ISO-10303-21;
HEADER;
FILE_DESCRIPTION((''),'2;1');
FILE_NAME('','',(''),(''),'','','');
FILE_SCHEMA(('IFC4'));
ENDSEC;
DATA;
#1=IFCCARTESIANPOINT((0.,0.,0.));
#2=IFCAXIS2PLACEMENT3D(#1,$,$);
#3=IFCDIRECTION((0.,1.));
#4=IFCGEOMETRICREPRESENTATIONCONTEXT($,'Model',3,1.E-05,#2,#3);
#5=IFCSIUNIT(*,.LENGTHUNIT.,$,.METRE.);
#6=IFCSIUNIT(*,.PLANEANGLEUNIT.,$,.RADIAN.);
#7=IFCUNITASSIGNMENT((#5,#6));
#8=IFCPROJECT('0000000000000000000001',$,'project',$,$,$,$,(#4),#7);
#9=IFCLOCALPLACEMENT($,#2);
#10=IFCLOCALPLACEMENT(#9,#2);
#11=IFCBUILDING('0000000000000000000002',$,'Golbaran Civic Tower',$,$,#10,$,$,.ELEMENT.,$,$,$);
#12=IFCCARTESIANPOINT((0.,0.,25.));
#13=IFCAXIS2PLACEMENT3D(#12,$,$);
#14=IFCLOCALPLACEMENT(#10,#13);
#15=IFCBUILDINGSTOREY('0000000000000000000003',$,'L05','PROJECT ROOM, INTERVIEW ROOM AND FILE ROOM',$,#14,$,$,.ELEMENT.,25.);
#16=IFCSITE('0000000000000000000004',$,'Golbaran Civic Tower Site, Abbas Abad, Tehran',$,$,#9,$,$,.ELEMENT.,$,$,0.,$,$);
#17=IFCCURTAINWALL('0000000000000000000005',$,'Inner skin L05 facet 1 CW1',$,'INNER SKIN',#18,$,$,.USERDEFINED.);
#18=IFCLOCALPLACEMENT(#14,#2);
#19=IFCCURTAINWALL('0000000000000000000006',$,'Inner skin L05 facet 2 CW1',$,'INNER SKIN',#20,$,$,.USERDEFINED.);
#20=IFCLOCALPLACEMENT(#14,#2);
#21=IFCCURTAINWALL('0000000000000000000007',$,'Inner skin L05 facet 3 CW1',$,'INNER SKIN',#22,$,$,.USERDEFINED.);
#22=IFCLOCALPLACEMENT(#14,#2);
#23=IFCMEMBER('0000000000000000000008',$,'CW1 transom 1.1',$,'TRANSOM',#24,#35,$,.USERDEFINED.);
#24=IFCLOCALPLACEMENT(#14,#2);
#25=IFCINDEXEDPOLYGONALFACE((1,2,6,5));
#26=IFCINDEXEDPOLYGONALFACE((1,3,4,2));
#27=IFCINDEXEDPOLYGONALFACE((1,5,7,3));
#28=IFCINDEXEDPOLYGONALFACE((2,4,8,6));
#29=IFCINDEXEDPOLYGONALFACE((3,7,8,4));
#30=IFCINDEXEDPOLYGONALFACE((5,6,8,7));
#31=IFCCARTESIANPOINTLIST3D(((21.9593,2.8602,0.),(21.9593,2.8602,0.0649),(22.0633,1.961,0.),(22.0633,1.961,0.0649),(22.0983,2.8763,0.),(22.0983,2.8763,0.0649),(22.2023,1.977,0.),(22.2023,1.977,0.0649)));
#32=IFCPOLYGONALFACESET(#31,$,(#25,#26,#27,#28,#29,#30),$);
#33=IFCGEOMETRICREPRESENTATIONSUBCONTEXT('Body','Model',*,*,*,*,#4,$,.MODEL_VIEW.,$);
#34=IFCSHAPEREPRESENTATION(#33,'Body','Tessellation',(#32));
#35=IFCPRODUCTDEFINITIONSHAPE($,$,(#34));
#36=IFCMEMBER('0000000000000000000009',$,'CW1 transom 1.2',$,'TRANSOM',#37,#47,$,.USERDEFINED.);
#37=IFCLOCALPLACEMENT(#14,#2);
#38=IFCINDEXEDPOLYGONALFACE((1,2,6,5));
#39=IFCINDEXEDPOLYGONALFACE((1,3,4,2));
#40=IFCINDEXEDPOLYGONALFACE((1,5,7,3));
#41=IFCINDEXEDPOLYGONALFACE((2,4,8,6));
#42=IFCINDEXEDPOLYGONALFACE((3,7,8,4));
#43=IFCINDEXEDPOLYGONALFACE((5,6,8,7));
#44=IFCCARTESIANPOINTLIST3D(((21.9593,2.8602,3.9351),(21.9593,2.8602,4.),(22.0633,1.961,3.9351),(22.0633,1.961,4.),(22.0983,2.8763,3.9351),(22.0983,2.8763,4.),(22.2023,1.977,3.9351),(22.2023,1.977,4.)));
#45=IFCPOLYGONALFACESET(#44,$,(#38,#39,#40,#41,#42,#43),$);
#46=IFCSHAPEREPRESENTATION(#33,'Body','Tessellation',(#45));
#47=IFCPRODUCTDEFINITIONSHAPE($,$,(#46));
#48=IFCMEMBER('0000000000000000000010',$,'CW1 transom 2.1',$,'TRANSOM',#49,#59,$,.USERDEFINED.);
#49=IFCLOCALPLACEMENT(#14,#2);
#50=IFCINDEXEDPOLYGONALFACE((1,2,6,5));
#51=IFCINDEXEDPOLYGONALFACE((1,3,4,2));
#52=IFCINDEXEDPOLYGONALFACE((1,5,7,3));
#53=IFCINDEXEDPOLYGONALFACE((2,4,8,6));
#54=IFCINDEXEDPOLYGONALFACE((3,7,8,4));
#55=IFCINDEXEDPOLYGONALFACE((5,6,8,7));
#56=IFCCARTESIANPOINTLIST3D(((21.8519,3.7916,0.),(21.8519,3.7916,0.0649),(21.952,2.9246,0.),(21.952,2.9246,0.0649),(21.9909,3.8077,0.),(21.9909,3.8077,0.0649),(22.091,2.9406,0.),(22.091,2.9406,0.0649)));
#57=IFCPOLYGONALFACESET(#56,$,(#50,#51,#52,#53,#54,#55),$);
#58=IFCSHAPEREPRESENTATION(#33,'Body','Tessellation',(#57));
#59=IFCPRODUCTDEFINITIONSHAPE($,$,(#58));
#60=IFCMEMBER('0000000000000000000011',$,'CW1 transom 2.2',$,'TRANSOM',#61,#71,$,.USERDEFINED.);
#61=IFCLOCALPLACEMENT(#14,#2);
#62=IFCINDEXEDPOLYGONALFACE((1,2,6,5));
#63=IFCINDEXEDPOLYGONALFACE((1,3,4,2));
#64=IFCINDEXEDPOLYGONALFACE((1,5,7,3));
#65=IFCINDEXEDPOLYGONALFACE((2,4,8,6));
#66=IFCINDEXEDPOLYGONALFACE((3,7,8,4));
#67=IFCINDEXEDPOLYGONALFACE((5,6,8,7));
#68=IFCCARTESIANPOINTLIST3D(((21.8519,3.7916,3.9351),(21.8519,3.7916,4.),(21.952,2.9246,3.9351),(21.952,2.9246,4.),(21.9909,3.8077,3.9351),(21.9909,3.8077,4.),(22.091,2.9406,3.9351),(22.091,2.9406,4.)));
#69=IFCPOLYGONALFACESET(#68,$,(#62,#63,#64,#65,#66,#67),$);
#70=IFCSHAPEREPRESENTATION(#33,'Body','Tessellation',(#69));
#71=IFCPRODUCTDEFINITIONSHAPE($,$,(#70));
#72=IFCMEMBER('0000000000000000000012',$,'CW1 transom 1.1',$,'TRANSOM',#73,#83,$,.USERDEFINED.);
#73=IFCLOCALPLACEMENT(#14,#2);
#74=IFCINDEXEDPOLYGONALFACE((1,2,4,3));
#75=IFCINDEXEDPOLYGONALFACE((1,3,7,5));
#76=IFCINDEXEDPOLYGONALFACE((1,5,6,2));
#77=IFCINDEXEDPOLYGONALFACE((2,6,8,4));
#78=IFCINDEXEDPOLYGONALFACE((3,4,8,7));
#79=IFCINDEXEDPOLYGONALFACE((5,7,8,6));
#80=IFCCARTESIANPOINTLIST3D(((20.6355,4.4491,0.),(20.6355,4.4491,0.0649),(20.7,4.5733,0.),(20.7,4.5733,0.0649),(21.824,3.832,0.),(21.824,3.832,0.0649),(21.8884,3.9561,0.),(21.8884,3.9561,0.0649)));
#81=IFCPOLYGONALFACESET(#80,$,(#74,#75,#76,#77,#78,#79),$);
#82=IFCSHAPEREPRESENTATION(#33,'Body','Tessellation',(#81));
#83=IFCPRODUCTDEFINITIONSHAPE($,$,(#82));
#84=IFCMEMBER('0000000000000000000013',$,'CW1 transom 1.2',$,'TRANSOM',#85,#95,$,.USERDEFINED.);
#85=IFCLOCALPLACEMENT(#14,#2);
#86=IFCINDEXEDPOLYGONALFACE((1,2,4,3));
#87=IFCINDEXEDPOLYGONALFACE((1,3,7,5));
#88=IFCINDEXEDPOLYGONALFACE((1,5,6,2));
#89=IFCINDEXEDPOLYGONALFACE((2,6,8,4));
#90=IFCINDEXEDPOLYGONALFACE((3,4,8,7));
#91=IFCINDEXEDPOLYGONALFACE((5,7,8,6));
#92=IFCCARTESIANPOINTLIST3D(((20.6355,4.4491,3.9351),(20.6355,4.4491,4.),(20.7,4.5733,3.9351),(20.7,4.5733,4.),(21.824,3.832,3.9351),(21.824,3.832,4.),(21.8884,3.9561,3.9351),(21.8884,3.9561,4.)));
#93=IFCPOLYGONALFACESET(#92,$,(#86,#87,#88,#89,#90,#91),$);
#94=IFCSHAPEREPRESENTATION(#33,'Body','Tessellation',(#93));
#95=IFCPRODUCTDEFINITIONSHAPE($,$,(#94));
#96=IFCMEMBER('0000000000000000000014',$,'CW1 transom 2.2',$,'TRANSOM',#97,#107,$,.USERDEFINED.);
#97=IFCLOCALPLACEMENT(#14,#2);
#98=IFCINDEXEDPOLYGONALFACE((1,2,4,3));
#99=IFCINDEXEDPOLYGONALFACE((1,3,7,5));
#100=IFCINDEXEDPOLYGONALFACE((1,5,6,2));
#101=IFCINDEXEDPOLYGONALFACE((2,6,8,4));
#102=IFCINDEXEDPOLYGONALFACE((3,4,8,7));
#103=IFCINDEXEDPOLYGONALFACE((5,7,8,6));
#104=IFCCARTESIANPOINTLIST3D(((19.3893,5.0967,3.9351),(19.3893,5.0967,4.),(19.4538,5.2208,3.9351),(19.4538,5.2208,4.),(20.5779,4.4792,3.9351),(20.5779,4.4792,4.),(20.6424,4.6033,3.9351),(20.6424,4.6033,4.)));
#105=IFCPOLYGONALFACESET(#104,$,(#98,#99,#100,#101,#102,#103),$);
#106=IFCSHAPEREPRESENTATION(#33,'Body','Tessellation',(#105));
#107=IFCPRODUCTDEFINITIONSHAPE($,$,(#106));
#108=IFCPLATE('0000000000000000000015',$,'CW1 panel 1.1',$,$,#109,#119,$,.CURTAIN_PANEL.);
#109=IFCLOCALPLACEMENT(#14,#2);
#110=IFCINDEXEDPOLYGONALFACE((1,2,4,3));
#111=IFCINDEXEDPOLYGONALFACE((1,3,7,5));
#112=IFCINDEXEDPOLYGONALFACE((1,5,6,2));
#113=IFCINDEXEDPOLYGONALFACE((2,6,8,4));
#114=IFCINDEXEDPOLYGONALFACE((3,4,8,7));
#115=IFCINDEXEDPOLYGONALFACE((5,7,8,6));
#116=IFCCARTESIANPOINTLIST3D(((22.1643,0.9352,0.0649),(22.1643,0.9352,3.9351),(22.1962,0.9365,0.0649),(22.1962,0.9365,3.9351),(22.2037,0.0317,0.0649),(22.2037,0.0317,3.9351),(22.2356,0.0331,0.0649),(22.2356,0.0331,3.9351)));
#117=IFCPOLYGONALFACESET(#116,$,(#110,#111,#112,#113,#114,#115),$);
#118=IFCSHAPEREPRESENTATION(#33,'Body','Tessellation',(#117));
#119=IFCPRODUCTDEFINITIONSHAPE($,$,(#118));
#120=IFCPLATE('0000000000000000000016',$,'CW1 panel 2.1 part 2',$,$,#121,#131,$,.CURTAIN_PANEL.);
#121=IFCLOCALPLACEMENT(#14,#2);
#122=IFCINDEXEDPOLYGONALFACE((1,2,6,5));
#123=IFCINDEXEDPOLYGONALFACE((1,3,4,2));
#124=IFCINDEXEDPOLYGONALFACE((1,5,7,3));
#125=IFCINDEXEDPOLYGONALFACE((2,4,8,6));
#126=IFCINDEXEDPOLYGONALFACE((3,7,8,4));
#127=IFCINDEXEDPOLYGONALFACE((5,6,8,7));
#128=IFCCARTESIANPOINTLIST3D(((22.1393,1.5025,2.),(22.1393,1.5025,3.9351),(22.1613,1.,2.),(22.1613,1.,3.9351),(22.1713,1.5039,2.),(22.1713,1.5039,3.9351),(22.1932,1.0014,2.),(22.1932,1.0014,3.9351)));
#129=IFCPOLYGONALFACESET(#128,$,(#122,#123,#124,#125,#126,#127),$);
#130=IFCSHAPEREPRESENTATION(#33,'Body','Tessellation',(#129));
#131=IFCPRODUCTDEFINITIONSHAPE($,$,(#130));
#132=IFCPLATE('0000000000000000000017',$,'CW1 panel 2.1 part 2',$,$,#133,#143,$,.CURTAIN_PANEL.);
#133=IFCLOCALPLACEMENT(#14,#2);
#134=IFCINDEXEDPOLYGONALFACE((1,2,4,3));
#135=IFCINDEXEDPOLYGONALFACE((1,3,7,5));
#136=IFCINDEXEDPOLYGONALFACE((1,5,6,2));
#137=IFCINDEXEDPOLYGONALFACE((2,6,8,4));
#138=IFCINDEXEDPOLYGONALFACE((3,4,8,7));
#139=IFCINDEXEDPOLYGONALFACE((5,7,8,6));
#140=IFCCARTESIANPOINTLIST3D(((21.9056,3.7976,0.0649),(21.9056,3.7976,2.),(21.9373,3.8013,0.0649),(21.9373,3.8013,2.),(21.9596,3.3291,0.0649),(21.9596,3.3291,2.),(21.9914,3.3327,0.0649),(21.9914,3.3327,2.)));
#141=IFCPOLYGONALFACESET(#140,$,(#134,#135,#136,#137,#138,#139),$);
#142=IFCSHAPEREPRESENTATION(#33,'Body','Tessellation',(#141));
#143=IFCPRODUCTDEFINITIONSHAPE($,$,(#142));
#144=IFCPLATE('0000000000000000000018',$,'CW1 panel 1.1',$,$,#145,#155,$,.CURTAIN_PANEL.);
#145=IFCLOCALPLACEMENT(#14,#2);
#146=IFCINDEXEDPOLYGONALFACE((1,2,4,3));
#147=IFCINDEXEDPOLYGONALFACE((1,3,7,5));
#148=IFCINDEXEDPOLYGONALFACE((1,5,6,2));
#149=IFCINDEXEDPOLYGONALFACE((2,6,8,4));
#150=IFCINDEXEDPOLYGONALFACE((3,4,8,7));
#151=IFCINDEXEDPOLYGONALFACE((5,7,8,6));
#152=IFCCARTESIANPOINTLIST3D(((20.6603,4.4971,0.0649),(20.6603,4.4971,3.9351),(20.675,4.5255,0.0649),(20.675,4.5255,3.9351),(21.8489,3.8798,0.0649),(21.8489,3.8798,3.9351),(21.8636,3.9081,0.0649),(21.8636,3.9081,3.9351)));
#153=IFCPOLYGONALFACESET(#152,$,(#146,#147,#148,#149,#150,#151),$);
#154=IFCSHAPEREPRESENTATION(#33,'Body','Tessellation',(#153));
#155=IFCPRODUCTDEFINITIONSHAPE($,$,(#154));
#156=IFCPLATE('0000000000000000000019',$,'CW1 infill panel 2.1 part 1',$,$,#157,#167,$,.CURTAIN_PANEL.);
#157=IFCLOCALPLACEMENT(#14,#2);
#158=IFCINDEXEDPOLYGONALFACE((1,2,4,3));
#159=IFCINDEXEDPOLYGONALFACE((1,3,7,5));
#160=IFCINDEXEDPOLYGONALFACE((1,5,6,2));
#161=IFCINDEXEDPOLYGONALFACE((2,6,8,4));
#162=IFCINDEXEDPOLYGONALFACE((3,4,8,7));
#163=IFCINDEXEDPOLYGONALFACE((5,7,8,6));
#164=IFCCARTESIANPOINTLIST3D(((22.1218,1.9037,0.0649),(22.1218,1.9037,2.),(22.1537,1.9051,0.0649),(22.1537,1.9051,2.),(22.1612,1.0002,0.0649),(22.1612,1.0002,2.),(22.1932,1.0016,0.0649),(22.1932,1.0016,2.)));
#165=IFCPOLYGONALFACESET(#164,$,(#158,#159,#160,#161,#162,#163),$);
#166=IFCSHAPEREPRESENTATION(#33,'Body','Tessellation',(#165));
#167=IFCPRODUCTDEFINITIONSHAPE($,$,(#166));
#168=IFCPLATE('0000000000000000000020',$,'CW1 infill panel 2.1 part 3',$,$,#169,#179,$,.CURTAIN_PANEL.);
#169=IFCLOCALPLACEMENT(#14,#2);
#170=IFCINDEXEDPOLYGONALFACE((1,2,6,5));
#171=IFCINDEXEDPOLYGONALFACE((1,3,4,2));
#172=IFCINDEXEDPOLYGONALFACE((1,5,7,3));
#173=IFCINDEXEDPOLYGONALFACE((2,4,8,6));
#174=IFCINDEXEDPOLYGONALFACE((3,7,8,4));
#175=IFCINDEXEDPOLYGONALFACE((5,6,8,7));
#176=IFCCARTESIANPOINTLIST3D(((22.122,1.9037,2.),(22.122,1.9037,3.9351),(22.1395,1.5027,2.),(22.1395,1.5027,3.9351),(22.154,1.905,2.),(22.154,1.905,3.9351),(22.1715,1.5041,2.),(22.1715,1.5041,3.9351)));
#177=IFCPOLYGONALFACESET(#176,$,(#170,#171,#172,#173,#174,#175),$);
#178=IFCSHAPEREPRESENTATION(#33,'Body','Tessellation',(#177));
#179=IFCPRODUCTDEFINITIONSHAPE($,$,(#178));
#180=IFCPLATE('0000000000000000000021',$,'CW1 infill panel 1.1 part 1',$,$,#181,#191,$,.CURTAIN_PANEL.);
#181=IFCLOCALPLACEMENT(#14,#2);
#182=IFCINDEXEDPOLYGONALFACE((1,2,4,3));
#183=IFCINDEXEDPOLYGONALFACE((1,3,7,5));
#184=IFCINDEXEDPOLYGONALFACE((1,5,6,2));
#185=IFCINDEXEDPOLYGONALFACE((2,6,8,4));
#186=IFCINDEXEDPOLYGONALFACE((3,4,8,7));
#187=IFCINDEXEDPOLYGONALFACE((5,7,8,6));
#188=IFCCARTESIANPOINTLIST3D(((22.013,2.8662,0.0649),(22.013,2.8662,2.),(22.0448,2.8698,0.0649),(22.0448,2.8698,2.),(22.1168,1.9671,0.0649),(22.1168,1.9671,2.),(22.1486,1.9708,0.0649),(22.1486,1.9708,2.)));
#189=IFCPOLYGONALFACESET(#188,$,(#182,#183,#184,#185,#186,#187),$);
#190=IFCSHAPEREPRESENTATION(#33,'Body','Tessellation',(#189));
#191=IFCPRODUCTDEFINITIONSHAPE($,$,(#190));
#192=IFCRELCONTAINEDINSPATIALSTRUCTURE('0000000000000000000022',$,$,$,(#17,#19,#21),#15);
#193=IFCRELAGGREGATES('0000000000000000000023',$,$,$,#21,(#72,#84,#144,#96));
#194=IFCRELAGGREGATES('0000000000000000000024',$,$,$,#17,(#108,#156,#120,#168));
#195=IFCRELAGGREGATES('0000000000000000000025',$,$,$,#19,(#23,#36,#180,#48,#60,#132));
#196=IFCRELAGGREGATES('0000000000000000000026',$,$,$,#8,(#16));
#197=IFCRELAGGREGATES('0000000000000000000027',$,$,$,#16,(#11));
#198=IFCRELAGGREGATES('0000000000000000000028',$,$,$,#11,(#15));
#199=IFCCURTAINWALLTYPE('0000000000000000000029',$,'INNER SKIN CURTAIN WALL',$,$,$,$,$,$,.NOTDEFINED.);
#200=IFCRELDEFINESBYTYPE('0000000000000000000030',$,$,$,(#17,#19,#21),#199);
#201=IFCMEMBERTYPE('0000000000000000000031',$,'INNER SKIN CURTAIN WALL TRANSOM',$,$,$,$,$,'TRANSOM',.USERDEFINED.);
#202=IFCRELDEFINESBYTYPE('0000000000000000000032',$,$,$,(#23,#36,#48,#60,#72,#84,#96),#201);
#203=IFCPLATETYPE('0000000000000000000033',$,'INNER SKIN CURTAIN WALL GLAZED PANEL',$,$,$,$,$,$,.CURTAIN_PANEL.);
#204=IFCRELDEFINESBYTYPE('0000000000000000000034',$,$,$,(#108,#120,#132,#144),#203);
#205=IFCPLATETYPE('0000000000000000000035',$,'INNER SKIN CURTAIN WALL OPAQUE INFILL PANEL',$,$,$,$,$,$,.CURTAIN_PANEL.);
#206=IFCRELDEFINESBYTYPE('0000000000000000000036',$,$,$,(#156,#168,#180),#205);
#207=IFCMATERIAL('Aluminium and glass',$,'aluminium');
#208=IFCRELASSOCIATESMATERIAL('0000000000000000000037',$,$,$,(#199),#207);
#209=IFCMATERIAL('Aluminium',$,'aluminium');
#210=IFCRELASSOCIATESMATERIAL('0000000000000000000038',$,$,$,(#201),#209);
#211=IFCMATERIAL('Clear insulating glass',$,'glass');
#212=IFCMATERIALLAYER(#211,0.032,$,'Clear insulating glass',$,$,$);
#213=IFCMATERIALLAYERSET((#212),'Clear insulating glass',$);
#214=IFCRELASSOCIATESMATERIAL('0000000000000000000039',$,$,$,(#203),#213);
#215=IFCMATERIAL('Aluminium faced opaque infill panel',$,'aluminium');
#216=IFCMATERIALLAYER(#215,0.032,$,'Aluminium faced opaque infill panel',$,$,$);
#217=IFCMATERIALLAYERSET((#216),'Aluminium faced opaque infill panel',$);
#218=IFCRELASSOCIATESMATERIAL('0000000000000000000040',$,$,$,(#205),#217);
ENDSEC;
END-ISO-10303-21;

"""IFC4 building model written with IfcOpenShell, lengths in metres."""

from ifc_helpers import new_model, si_unit, direction, frame, origin, origin_2d, place, context, subcontext, project, spatial, rectangle, extrude, material, layer, layer_set, material_profile, profile_set, type_object, element, aggregate, save


model = new_model("IFC4")

# Units and contexts
model_context = context("Model", 3, precision=1e-05, world=origin(), true_north=direction((0.0, 1.0)))
body_context = subcontext(model_context, "Body", "Model", "MODEL_VIEW")
ifc_project = project(units=[si_unit("LENGTHUNIT", "METRE"), si_unit("PLANEANGLEUNIT", "RADIAN")], contexts=[model_context])

# Site, building, storey
site_placement = place(None, origin())
site = spatial("IfcSite", under=ifc_project, at=site_placement, Name="Golbaran Civic Tower Site, Abbas Abad, Tehran", CompositionType="ELEMENT", RefElevation=0.0)
building_placement = place(site_placement, origin())
building = spatial("IfcBuilding", under=site, at=building_placement, Name="Golbaran Civic Tower", CompositionType="ELEMENT")
storey_placement = place(building_placement, frame((0.0, 0.0, 25.0)))
storey = spatial("IfcBuildingStorey", under=building, at=storey_placement, Name="L05", Description="PROJECT ROOM, INTERVIEW ROOM AND FILE ROOM", CompositionType="ELEMENT", Elevation=25.0)

# Curtain walls
ifc_material_1 = material(Name="Aluminium and glass", Category="aluminium")
curtain_wall_type = type_object("IfcCurtainWallType", Name="INNER SKIN CURTAIN WALL", PredefinedType="NOTDEFINED", material=ifc_material_1)
curtain_wall_1_placement = place(storey_placement, origin())
curtain_wall_1 = element("IfcCurtainWall", 1, at=curtain_wall_1_placement, inside=storey, type_object=curtain_wall_type, Name="Inner skin L05 facet 1 CW1", ObjectType="INNER SKIN", PredefinedType="USERDEFINED")
ifc_material_2 = material(Name="Aluminium", Category="aluminium")
curtain_wall_2_placement = place(storey_placement, origin())
curtain_wall_2 = element("IfcCurtainWall", 2, at=curtain_wall_2_placement, inside=storey, type_object=curtain_wall_type, Name="Inner skin L05 facet 2 CW1", ObjectType="INNER SKIN", PredefinedType="USERDEFINED")
curtain_wall_3_placement = place(storey_placement, origin())
curtain_wall_3 = element("IfcCurtainWall", 3, at=curtain_wall_3_placement, inside=storey, type_object=curtain_wall_type, Name="Inner skin L05 facet 3 CW1", ObjectType="INNER SKIN", PredefinedType="USERDEFINED")

# Members
ifc_material_profile_1 = material_profile(ifc_material_2, rectangle(XDim=0.1399, YDim=0.0649, at=origin_2d()), Name="INNER SKIN CURTAIN WALL TRANSOM")
ifc_profile_set_1 = profile_set([ifc_material_profile_1], Name="Aluminium")
member_type_1 = type_object("IfcMemberType", Name="INNER SKIN CURTAIN WALL TRANSOM", ElementType="TRANSOM", PredefinedType="USERDEFINED", material=ifc_profile_set_1)
member_1_placement = place(storey_placement, frame((22.1328, 1.969, 0.0325), z_axis=(-0.114901, 0.993377, 0.0), x_axis=(-0.993377, -0.114901, 0.0)))
member_1 = element("IfcMember", 4, at=member_1_placement, type_object=member_type_1, Name="CW1 transom 1.1", ObjectType="TRANSOM", PredefinedType="USERDEFINED", context=body_context, shape_type="SweptSolid", body=[
    extrude(rectangle(XDim=0.1399, YDim=0.0649, at=origin_2d()), origin(), (0.0, 0.0, 1.0), 0.9053),
])
member_2_placement = place(storey_placement, frame((22.1328, 1.969, 3.9675), z_axis=(-0.114901, 0.993377, 0.0), x_axis=(-0.993377, -0.114901, 0.0)))
member_2 = element("IfcMember", 5, at=member_2_placement, type_object=member_type_1, Name="CW1 transom 1.2", ObjectType="TRANSOM", PredefinedType="USERDEFINED", context=body_context, shape_type="SweptSolid", body=[
    extrude(rectangle(XDim=0.1399, YDim=0.0649, at=origin_2d()), origin(), (0.0, 0.0, 1.0), 0.9053),
])
member_3_placement = place(storey_placement, frame((22.0215, 2.9326, 0.0325), z_axis=(-0.114698, 0.9934, 0.0), x_axis=(-0.9934, -0.114698, 0.0)))
member_3 = element("IfcMember", 6, at=member_3_placement, type_object=member_type_1, Name="CW1 transom 2.1", ObjectType="TRANSOM", PredefinedType="USERDEFINED", context=body_context, shape_type="SweptSolid", body=[
    extrude(rectangle(XDim=0.1399, YDim=0.0649, at=origin_2d()), origin(), (0.0, 0.0, 1.0), 0.8728),
])
member_4_placement = place(storey_placement, frame((22.0215, 2.9326, 3.9675), z_axis=(-0.114698, 0.9934, 0.0), x_axis=(-0.9934, -0.114698, 0.0)))
member_4 = element("IfcMember", 7, at=member_4_placement, type_object=member_type_1, Name="CW1 transom 2.2", ObjectType="TRANSOM", PredefinedType="USERDEFINED", context=body_context, shape_type="SweptSolid", body=[
    extrude(rectangle(XDim=0.1399, YDim=0.0649, at=origin_2d()), origin(), (0.0, 0.0, 1.0), 0.8728),
])
member_5_placement = place(storey_placement, frame((21.8562, 3.894, 0.0325), z_axis=(-0.887467, 0.46087, 0.0), x_axis=(-0.46087, -0.887467, 0.0)))
member_5 = element("IfcMember", 8, at=member_5_placement, type_object=member_type_1, Name="CW1 transom 1.1", ObjectType="TRANSOM", PredefinedType="USERDEFINED", context=body_context, shape_type="SweptSolid", body=[
    extrude(rectangle(XDim=0.1399, YDim=0.0649, at=origin_2d()), origin(), (0.0, 0.0, 1.0), 1.3391),
])
member_6_placement = place(storey_placement, frame((21.8562, 3.894, 3.9675), z_axis=(-0.887467, 0.46087, 0.0), x_axis=(-0.46087, -0.887467, 0.0)))
member_6 = element("IfcMember", 9, at=member_6_placement, type_object=member_type_1, Name="CW1 transom 1.2", ObjectType="TRANSOM", PredefinedType="USERDEFINED", context=body_context, shape_type="SweptSolid", body=[
    extrude(rectangle(XDim=0.1399, YDim=0.0649, at=origin_2d()), origin(), (0.0, 0.0, 1.0), 1.3391),
])
member_7_placement = place(storey_placement, frame((20.6101, 4.5413, 3.9675), z_axis=(-0.887393, 0.461014, 0.0), x_axis=(-0.461014, -0.887393, 0.0)))
member_7 = element("IfcMember", 10, at=member_7_placement, type_object=member_type_1, Name="CW1 transom 2.2", ObjectType="TRANSOM", PredefinedType="USERDEFINED", context=body_context, shape_type="SweptSolid", body=[
    extrude(rectangle(XDim=0.1399, YDim=0.0649, at=origin_2d()), origin(), (0.0, 0.0, 1.0), 1.3394),
])

# Plates
ifc_material_3 = material(Name="Clear insulating glass", Category="glass")
ifc_layer_1 = layer(ifc_material_3, 0.032, Name="Clear insulating glass")
ifc_layer_set_1 = layer_set([ifc_layer_1], Name="Clear insulating glass")
plate_type_1 = type_object("IfcPlateType", Name="INNER SKIN CURTAIN WALL GLAZED PANEL", PredefinedType="CURTAIN_PANEL", material=ifc_layer_set_1)
plate_1_placement = place(storey_placement, frame((22.2, 0.4841, 0.0649), z_axis=(0.0, 0.0, 1.0), x_axis=(-0.043619, 0.999048, 0.0)))
plate_1 = element("IfcPlate", 11, at=plate_1_placement, type_object=plate_type_1, Name="CW1 panel 1.1", PredefinedType="CURTAIN_PANEL", context=body_context, shape_type="SweptSolid", body=[
    extrude(rectangle(XDim=0.9043, YDim=0.032, at=origin_2d()), origin(), (0.0, 0.0, 1.0), 3.8701),
])
plate_2_placement = place(storey_placement, frame((22.1663, 1.252, 2.0), z_axis=(0.0, 0.0, 1.0), x_axis=(-0.043619, 0.999048, 0.0)))
plate_2 = element("IfcPlate", 12, at=plate_2_placement, type_object=plate_type_1, Name="CW1 panel 2.1 part 2", PredefinedType="CURTAIN_PANEL", context=body_context, shape_type="SweptSolid", body=[
    extrude(rectangle(XDim=0.5029, YDim=0.032, at=origin_2d()), origin(), (0.0, 0.0, 1.0), 1.9351),
])
plate_3_placement = place(storey_placement, frame((21.9485, 3.5652, 0.0649), z_axis=(0.0, 0.0, 1.0), x_axis=(-0.114683, 0.993402, 0.0)))
plate_3 = element("IfcPlate", 13, at=plate_3_placement, type_object=plate_type_1, Name="CW1 panel 2.1 part 2", PredefinedType="CURTAIN_PANEL", context=body_context, shape_type="SweptSolid", body=[
    extrude(rectangle(XDim=0.4717, YDim=0.032, at=origin_2d()), origin(), (0.0, 0.0, 1.0), 1.9351),
])
plate_4_placement = place(storey_placement, frame((21.262, 4.2026, 0.0649), z_axis=(0.0, 0.0, 1.0), x_axis=(-0.887429, 0.460945, 0.0)))
plate_4 = element("IfcPlate", 14, at=plate_4_placement, type_object=plate_type_1, Name="CW1 panel 1.1", PredefinedType="CURTAIN_PANEL", context=body_context, shape_type="SweptSolid", body=[
    extrude(rectangle(XDim=1.3394, YDim=0.032, at=origin_2d()), origin(), (0.0, 0.0, 1.0), 3.8701),
])
aggregate(curtain_wall_3, [member_5, member_6, plate_4, member_7])
ifc_material_4 = material(Name="Aluminium faced opaque infill panel", Category="aluminium")
ifc_layer_2 = layer(ifc_material_4, 0.032, Name="Aluminium faced opaque infill panel")
ifc_layer_set_2 = layer_set([ifc_layer_2], Name="Aluminium faced opaque infill panel")
plate_type_2 = type_object("IfcPlateType", Name="INNER SKIN CURTAIN WALL OPAQUE INFILL PANEL", PredefinedType="CURTAIN_PANEL", material=ifc_layer_set_2)
plate_5_placement = place(storey_placement, frame((22.1575, 1.4526, 0.0649), z_axis=(0.0, 0.0, 1.0), x_axis=(-0.043619, 0.999048, 0.0)))
plate_5 = element("IfcPlate", 15, at=plate_5_placement, type_object=plate_type_2, Name="CW1 infill panel 2.1 part 1", PredefinedType="CURTAIN_PANEL", context=body_context, shape_type="SweptSolid", body=[
    extrude(rectangle(XDim=0.9043, YDim=0.032, at=origin_2d()), origin(), (0.0, 0.0, 1.0), 1.9351),
])
plate_6_placement = place(storey_placement, frame((22.1467, 1.7039, 2.0), z_axis=(0.0, 0.0, 1.0), x_axis=(-0.043619, 0.999048, 0.0)))
plate_6 = element("IfcPlate", 16, at=plate_6_placement, type_object=plate_type_2, Name="CW1 infill panel 2.1 part 3", PredefinedType="CURTAIN_PANEL", context=body_context, shape_type="SweptSolid", body=[
    extrude(rectangle(XDim=0.4014, YDim=0.032, at=origin_2d()), origin(), (0.0, 0.0, 1.0), 1.9351),
])
aggregate(curtain_wall_1, [plate_1, plate_5, plate_2, plate_6])
plate_7_placement = place(storey_placement, frame((22.0808, 2.4185, 0.0649), z_axis=(0.0, 0.0, 1.0), x_axis=(-0.114683, 0.993402, 0.0)))
plate_7 = element("IfcPlate", 17, at=plate_7_placement, type_object=plate_type_2, Name="CW1 infill panel 1.1 part 1", PredefinedType="CURTAIN_PANEL", context=body_context, shape_type="SweptSolid", body=[
    extrude(rectangle(XDim=0.905, YDim=0.032, at=origin_2d()), origin(), (0.0, 0.0, 1.0), 1.9351),
])
aggregate(curtain_wall_2, [member_1, member_2, plate_7, member_3, member_4, plate_3])

save(model, "model.ifc")
